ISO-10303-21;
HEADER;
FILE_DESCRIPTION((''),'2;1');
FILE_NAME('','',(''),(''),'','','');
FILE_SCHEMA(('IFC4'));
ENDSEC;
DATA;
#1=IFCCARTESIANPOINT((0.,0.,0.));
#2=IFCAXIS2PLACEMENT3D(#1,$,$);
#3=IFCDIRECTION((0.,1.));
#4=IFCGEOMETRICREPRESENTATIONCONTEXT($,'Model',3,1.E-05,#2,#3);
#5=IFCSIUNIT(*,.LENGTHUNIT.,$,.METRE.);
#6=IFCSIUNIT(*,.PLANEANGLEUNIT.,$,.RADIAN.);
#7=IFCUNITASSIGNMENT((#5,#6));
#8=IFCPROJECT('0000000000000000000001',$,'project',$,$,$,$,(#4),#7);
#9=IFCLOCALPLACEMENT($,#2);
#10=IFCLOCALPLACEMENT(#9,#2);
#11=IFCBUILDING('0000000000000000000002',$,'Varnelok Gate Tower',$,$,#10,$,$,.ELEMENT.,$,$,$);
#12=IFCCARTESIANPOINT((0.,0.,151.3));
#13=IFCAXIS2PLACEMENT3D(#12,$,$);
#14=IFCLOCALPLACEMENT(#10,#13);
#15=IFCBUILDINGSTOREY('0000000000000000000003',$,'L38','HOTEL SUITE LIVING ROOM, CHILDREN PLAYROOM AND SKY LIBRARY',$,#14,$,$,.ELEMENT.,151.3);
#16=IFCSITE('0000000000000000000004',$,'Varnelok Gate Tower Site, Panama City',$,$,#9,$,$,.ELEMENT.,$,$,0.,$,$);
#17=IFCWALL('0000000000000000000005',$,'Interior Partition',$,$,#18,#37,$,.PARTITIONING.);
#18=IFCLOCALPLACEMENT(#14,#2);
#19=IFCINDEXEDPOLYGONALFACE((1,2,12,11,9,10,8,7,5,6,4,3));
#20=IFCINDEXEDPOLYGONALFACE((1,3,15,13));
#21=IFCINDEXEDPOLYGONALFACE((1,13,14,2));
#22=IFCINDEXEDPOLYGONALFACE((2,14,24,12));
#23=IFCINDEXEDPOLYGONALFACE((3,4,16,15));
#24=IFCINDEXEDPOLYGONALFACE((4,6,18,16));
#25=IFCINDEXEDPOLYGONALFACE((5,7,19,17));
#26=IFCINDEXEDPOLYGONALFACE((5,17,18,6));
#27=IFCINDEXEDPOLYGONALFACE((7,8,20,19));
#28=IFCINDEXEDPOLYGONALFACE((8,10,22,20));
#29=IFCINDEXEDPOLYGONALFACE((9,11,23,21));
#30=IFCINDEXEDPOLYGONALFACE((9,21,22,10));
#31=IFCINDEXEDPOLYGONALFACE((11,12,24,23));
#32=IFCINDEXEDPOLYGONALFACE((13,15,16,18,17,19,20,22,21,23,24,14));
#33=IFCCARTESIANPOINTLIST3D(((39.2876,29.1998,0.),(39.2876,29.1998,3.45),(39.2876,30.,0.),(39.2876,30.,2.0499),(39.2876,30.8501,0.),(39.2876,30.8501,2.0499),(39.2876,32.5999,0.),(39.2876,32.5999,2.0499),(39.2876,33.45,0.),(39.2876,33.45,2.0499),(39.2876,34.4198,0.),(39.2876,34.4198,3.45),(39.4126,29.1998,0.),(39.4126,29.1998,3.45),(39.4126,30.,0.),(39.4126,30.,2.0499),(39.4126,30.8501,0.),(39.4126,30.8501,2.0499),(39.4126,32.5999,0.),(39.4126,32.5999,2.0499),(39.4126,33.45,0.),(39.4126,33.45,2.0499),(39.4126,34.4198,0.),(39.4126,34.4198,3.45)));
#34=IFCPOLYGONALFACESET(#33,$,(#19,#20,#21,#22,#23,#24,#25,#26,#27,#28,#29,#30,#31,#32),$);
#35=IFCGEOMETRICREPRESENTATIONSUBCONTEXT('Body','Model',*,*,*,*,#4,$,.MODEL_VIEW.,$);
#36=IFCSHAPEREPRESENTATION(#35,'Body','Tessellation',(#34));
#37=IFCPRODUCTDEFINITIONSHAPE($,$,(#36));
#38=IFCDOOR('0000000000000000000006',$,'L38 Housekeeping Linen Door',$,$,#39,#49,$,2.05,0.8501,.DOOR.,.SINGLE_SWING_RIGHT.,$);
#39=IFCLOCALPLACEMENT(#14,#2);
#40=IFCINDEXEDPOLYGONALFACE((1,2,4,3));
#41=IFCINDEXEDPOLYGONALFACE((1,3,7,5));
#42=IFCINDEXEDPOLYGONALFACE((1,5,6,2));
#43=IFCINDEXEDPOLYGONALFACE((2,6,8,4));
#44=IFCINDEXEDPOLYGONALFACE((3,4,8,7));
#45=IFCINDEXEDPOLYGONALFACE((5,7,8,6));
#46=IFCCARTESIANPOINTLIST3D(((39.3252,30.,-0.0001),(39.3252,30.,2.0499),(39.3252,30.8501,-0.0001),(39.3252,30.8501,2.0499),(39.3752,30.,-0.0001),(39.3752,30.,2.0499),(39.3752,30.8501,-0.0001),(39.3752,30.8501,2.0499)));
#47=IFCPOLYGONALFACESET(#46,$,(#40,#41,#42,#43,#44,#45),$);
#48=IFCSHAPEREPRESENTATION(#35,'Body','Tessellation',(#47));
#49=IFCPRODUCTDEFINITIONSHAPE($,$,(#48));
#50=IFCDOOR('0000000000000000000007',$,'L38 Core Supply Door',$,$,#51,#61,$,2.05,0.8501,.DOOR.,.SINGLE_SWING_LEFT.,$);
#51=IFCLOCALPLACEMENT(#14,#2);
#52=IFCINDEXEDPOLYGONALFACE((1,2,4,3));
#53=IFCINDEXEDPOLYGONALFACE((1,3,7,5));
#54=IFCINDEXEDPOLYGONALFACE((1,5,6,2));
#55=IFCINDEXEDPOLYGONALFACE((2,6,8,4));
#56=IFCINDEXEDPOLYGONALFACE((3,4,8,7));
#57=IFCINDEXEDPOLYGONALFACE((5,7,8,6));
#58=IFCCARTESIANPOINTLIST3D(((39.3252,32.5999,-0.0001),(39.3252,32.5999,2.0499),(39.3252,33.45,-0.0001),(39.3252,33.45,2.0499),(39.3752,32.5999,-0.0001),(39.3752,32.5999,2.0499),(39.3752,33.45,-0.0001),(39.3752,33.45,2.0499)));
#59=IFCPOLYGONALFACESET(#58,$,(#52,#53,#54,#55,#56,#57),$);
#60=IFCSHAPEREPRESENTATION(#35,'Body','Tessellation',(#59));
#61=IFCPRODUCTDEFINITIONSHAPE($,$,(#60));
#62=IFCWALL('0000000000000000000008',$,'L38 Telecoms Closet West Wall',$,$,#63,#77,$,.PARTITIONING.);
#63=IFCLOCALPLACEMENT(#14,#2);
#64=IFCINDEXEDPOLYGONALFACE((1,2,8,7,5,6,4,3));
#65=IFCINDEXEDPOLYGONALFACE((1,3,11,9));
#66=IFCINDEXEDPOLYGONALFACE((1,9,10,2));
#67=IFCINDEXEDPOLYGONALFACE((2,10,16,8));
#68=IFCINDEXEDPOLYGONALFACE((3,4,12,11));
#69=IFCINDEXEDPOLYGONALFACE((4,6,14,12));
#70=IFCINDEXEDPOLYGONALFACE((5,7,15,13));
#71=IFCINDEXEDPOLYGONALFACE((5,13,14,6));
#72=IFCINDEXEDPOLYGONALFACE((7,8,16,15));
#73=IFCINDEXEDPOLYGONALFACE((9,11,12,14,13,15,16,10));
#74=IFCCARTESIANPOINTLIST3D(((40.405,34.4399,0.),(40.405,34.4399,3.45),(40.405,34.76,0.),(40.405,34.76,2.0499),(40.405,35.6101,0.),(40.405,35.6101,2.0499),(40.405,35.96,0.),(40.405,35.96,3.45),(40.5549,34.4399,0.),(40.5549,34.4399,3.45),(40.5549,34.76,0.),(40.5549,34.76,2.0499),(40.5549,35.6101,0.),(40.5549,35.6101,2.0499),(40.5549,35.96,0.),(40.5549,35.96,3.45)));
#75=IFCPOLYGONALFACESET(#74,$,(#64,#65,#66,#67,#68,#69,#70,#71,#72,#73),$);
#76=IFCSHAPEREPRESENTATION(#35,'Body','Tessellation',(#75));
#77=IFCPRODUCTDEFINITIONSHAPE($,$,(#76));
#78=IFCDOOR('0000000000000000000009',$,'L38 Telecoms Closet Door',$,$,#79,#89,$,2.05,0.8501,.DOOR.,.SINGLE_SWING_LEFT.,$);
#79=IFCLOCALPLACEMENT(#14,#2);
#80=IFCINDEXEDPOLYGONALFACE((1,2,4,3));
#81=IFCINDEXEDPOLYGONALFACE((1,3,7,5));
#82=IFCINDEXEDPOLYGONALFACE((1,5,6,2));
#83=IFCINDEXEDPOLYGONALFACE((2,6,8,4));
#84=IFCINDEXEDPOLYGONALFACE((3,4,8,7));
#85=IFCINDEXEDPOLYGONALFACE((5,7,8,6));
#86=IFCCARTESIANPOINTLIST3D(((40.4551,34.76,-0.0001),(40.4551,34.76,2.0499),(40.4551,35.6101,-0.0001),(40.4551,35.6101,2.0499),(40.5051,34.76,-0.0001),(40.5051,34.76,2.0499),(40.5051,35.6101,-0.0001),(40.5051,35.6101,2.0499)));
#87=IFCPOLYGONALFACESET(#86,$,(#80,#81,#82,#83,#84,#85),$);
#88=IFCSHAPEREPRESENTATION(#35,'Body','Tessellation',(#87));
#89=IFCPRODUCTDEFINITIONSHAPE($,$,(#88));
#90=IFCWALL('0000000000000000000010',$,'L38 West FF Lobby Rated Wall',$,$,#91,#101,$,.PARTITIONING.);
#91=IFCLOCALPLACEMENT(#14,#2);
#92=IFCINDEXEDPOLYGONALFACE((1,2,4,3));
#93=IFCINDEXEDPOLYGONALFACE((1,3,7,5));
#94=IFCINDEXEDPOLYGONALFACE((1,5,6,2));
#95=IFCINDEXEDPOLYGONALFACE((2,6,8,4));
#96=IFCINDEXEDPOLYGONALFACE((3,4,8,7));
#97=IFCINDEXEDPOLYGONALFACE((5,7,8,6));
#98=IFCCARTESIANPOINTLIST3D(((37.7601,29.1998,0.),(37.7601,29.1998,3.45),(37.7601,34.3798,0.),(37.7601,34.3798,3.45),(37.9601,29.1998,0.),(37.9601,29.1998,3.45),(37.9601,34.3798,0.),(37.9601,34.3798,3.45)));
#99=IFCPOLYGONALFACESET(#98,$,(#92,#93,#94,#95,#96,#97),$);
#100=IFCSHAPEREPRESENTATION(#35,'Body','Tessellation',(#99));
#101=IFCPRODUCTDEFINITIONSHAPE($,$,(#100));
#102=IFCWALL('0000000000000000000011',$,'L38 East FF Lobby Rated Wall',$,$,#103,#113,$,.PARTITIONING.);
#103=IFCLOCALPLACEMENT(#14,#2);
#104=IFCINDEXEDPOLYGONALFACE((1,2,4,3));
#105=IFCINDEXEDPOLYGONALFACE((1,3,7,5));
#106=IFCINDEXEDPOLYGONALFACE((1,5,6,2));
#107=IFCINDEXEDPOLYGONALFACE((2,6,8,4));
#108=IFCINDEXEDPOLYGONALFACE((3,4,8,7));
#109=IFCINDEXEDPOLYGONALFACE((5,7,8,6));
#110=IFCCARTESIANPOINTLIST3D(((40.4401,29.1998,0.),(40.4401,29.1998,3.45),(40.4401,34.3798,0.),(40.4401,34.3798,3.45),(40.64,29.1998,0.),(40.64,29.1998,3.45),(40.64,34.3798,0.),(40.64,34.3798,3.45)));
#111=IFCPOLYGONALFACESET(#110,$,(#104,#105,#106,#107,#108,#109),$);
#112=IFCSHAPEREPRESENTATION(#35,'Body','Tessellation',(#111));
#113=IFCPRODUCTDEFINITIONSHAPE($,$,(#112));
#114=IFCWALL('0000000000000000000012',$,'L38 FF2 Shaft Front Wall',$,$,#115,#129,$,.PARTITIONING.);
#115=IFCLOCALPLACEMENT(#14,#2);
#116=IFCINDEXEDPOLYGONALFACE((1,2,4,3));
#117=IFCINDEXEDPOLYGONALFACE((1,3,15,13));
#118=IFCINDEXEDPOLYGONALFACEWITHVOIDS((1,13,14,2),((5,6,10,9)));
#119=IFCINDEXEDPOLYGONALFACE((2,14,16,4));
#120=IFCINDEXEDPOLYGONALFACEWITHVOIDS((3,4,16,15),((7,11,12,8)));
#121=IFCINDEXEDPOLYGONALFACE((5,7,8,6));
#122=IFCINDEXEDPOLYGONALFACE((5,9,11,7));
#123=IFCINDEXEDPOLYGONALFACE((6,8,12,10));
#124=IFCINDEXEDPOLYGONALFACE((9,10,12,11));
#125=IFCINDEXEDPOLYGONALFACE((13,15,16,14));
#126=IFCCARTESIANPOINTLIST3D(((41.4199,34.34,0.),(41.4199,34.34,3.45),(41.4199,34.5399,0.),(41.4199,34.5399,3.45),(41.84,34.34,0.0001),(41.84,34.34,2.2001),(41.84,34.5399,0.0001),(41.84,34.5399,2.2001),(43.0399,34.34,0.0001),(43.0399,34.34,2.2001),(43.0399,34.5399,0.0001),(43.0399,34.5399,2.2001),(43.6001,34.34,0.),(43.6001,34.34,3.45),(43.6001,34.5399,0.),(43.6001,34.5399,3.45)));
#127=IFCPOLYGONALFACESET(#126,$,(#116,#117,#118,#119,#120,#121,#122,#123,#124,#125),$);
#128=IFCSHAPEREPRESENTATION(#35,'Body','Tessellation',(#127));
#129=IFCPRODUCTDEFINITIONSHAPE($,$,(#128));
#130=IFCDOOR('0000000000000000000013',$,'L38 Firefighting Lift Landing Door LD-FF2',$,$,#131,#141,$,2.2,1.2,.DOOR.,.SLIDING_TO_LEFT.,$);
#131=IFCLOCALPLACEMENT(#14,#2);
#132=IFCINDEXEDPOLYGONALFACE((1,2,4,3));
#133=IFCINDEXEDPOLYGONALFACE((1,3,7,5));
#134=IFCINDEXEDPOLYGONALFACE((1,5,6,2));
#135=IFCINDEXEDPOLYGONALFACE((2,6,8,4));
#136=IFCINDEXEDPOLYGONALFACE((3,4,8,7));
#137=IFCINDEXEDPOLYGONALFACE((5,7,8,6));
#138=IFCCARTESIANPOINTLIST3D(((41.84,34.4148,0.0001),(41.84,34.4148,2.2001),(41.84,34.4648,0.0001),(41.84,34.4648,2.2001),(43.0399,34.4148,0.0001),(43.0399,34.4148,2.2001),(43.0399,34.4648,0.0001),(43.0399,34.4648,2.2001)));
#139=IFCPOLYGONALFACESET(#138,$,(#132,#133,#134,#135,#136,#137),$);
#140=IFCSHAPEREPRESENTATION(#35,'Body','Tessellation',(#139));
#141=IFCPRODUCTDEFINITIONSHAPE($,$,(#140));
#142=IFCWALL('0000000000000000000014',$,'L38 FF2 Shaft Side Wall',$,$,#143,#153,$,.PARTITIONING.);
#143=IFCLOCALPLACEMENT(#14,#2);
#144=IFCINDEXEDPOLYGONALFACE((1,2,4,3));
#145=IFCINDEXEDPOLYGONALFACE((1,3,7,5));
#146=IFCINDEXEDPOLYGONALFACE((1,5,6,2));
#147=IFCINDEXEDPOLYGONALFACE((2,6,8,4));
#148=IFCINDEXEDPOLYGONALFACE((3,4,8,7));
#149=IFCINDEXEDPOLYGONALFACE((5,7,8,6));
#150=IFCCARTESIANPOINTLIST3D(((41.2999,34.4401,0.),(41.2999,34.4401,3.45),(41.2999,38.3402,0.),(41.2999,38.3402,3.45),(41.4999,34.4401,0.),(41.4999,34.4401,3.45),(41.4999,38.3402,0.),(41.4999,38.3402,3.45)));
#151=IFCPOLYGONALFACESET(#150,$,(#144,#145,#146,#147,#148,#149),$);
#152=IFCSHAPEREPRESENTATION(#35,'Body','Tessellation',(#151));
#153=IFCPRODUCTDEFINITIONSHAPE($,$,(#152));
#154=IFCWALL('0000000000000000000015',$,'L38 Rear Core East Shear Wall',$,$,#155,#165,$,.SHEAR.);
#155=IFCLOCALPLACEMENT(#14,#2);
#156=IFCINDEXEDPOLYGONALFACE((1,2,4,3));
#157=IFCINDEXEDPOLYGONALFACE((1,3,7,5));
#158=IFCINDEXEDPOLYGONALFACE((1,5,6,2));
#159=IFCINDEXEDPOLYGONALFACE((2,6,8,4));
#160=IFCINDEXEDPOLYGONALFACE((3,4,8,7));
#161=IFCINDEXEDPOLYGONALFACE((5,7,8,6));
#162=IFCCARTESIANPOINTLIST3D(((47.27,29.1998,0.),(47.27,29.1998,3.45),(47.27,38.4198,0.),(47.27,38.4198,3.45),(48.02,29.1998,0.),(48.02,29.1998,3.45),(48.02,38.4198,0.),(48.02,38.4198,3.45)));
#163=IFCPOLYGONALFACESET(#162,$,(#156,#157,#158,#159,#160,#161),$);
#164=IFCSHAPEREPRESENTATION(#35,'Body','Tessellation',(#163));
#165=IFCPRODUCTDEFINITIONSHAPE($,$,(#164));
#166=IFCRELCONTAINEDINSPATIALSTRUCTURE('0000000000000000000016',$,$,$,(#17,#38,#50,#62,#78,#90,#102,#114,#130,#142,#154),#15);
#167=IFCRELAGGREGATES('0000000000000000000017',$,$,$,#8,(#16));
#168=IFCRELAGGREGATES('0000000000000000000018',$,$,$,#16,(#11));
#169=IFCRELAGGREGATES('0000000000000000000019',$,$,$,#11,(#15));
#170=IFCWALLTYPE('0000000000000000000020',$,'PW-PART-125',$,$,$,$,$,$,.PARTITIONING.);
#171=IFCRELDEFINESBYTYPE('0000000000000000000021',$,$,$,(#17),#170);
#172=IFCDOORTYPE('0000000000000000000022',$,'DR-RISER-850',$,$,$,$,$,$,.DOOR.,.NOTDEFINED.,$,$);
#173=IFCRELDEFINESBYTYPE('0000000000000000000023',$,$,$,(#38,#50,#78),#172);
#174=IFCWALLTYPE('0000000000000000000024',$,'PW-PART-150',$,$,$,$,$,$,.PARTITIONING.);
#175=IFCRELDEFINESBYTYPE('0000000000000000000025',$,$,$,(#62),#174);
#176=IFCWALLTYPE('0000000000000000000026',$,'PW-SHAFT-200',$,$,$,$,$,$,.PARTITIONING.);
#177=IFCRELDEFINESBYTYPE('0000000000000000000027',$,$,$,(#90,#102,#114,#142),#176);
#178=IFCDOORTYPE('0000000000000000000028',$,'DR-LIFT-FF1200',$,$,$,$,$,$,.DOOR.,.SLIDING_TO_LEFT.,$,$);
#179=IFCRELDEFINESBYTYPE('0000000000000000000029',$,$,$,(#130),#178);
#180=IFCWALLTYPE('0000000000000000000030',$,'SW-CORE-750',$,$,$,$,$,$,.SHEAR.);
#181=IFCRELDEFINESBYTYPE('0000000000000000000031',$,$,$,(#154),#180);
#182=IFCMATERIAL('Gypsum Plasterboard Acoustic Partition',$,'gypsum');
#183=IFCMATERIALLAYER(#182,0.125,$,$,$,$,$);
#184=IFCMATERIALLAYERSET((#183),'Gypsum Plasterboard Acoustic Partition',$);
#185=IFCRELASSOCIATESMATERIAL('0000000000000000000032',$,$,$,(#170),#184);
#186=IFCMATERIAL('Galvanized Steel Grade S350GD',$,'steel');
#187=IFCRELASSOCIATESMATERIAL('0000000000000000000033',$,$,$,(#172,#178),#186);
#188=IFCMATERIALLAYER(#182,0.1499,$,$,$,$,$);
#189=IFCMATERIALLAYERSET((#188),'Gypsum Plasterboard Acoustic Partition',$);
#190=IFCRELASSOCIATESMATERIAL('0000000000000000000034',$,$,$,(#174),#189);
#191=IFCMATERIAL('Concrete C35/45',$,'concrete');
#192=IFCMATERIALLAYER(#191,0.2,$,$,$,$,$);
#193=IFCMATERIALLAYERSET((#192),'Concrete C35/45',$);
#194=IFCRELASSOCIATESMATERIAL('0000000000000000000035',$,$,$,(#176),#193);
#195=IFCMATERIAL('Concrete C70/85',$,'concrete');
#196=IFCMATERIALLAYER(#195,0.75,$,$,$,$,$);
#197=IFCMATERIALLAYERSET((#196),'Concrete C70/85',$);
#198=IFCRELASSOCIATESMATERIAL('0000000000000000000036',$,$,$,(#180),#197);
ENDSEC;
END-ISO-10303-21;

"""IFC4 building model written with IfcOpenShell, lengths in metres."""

from ifc_helpers import new_model, si_unit, direction, frame, frame_2d, origin, place, context, subcontext, project, spatial, rectangle, extrude, material, layer, layer_set, type_object, element, fill, save


model = new_model("IFC4")

# Units and contexts
model_context = context("Model", 3, precision=1e-05, world=origin(), true_north=direction((0.0, 1.0)))
body_context = subcontext(model_context, "Body", "Model", "MODEL_VIEW")
ifc_project = project(units=[si_unit("LENGTHUNIT", "METRE"), si_unit("PLANEANGLEUNIT", "RADIAN")], contexts=[model_context])

# Site, building, storey
site_placement = place(None, origin())
site = spatial("IfcSite", under=ifc_project, at=site_placement, Name="Varnelok Gate Tower Site, Panama City", CompositionType="ELEMENT", RefElevation=0.0)
building_placement = place(site_placement, origin())
building = spatial("IfcBuilding", under=site, at=building_placement, Name="Varnelok Gate Tower", CompositionType="ELEMENT")
storey_placement = place(building_placement, frame((0.0, 0.0, 151.3)))
storey = spatial("IfcBuildingStorey", under=building, at=storey_placement, Name="L38", Description="HOTEL SUITE LIVING ROOM, CHILDREN PLAYROOM AND SKY LIBRARY", CompositionType="ELEMENT", Elevation=151.3)

# Shared definitions
ifc_material_1 = material(Name="Gypsum Plasterboard Acoustic Partition", Category="gypsum")
ifc_layer_1 = layer(ifc_material_1, 0.125)
ifc_layer_set_1 = layer_set([ifc_layer_1], Name="Gypsum Plasterboard Acoustic Partition")
wall_type_1 = type_object("IfcWallType", Name="PW-PART-125", PredefinedType="PARTITIONING", material=ifc_layer_set_1)

# Wall, openings, doors
wall_1_placement = place(storey_placement, frame((39.3501, 29.2, 0.0), z_axis=(0.0, 0.0, 1.0), x_axis=(0.0, 1.0, 0.0)))
wall_1 = element("IfcWall", 1, at=wall_1_placement, inside=storey, type_object=wall_type_1, Name="Interior Partition", PredefinedType="PARTITIONING", context=body_context, shape_type="SweptSolid", body=[
    extrude(rectangle(XDim=5.22, YDim=0.125, at=frame_2d((2.6099, 0.0))), origin(), (0.0, 0.0, 1.0), 3.45),
])
opening_1_placement = place(wall_1_placement, frame((0.8, 0.0, 0.0)))
opening_1 = element("IfcOpeningElement", 2, at=opening_1_placement, cuts=wall_1, PredefinedType="OPENING", context=body_context, shape_type="SweptSolid", body=[
    extrude(rectangle(XDim=0.8501, YDim=2.05, at=frame_2d((0.425, 1.0249))), frame((0.0, 0.0725, 0.0), z_axis=(0.0, -1.0, 0.0), x_axis=(1.0, 0.0, 0.0)), (0.0, 0.0, 1.0), 0.145),
])
opening_2_placement = place(wall_1_placement, frame((3.3999, 0.0, 0.0)))
opening_2 = element("IfcOpeningElement", 3, at=opening_2_placement, cuts=wall_1, PredefinedType="OPENING", context=body_context, shape_type="SweptSolid", body=[
    extrude(rectangle(XDim=0.8501, YDim=2.05, at=frame_2d((0.425, 1.0249))), frame((0.0, 0.0725, 0.0), z_axis=(0.0, -1.0, 0.0), x_axis=(1.0, 0.0, 0.0)), (0.0, 0.0, 1.0), 0.145),
])
ifc_material_2 = material(Name="Galvanized Steel Grade S350GD", Category="steel")
door_type_1 = type_object("IfcDoorType", Name="DR-RISER-850", OperationType="NOTDEFINED", PredefinedType="DOOR", material=ifc_material_2)
door_1_placement = place(opening_1_placement, origin())
door_1 = element("IfcDoor", 4, at=door_1_placement, inside=storey, type_object=door_type_1, Name="L38 Housekeeping Linen Door", OperationType="SINGLE_SWING_RIGHT", OverallHeight=2.05, OverallWidth=0.8501, PredefinedType="DOOR", context=body_context, shape_type="SweptSolid", body=[
    extrude(rectangle(XDim=0.8501, YDim=2.05, at=frame_2d((0.425, 1.0249))), frame((0.0, 0.0249, 0.0), z_axis=(0.0, -1.0, 0.0), x_axis=(1.0, 0.0, 0.0)), (0.0, 0.0, 1.0), 0.05),
])
fill(opening_1, door_1)
door_2_placement = place(opening_2_placement, origin())
door_2 = element("IfcDoor", 5, at=door_2_placement, inside=storey, type_object=door_type_1, Name="L38 Core Supply Door", OperationType="SINGLE_SWING_LEFT", OverallHeight=2.05, OverallWidth=0.8501, PredefinedType="DOOR", context=body_context, shape_type="SweptSolid", body=[
    extrude(rectangle(XDim=0.8501, YDim=2.05, at=frame_2d((0.425, 1.0249))), frame((0.0, 0.0249, 0.0), z_axis=(0.0, -1.0, 0.0), x_axis=(1.0, 0.0, 0.0)), (0.0, 0.0, 1.0), 0.05),
])
fill(opening_2, door_2)

# Wall, opening, door
ifc_layer_2 = layer(ifc_material_1, 0.1499)
ifc_layer_set_2 = layer_set([ifc_layer_2], Name="Gypsum Plasterboard Acoustic Partition")
wall_type_2 = type_object("IfcWallType", Name="PW-PART-150", PredefinedType="PARTITIONING", material=ifc_layer_set_2)
wall_2_placement = place(storey_placement, frame((40.48, 34.4399, 0.0), z_axis=(0.0, 0.0, 1.0), x_axis=(0.0, 1.0, 0.0)))
wall_2 = element("IfcWall", 6, at=wall_2_placement, inside=storey, type_object=wall_type_2, Name="L38 Telecoms Closet West Wall", PredefinedType="PARTITIONING", context=body_context, shape_type="SweptSolid", body=[
    extrude(rectangle(XDim=1.52, YDim=0.1499, at=frame_2d((0.76, 0.0))), origin(), (0.0, 0.0, 1.0), 3.45),
])
opening_3_placement = place(wall_2_placement, frame((0.3201, 0.0, 0.0)))
opening_3 = element("IfcOpeningElement", 7, at=opening_3_placement, cuts=wall_2, PredefinedType="OPENING", context=body_context, shape_type="SweptSolid", body=[
    extrude(rectangle(XDim=0.8501, YDim=2.05, at=frame_2d((0.425, 1.0249))), frame((0.0, 0.085, 0.0), z_axis=(0.0, -1.0, 0.0), x_axis=(1.0, 0.0, 0.0)), (0.0, 0.0, 1.0), 0.1699),
])
door_3_placement = place(opening_3_placement, origin())
door_3 = element("IfcDoor", 8, at=door_3_placement, inside=storey, type_object=door_type_1, Name="L38 Telecoms Closet Door", OperationType="SINGLE_SWING_LEFT", OverallHeight=2.05, OverallWidth=0.8501, PredefinedType="DOOR", context=body_context, shape_type="SweptSolid", body=[
    extrude(rectangle(XDim=0.8501, YDim=2.05, at=frame_2d((0.425, 1.0249))), frame((0.0, 0.0249, 0.0), z_axis=(0.0, -1.0, 0.0), x_axis=(1.0, 0.0, 0.0)), (0.0, 0.0, 1.0), 0.05),
])
fill(opening_3, door_3)

# Walls
ifc_material_3 = material(Name="Concrete C35/45", Category="concrete")
ifc_layer_3 = layer(ifc_material_3, 0.2)
ifc_layer_set_3 = layer_set([ifc_layer_3], Name="Concrete C35/45")
wall_type_3 = type_object("IfcWallType", Name="PW-SHAFT-200", PredefinedType="PARTITIONING", material=ifc_layer_set_3)
for number, where, z_axis, x_axis, name in (
    (9, (37.8601, 29.2, 0.0), (0.0, 0.0, 1.0), (0.0, 1.0, 0.0), "L38 West FF Lobby Rated Wall"),
    (10, (40.54, 29.2, 0.0), (0.0, 0.0, 1.0), (0.0, 1.0, 0.0), "L38 East FF Lobby Rated Wall"),
):
    element("IfcWall", number, at=place(storey_placement, frame(where, z_axis=z_axis, x_axis=x_axis)), inside=storey, type_object=wall_type_3, Name=name, PredefinedType="PARTITIONING", context=body_context, shape_type="SweptSolid", body=[
        extrude(rectangle(XDim=5.1799, YDim=0.2, at=frame_2d((2.5898, 0.0))), origin(), (0.0, 0.0, 1.0), 3.45),
    ])

# Wall, opening, door
wall_3_placement = place(storey_placement, frame((41.4199, 34.4399, 0.0), z_axis=(0.0, 0.0, 1.0), x_axis=(1.0, 0.0, 0.0)))
wall_3 = element("IfcWall", 11, at=wall_3_placement, inside=storey, type_object=wall_type_3, Name="L38 FF2 Shaft Front Wall", PredefinedType="PARTITIONING", context=body_context, shape_type="SweptSolid", body=[
    extrude(rectangle(XDim=2.1802, YDim=0.2, at=frame_2d((1.0901, 0.0))), origin(), (0.0, 0.0, 1.0), 3.45),
])
opening_4_placement = place(wall_3_placement, frame((0.4199, 0.0, 0.0)))
opening_4 = element("IfcOpeningElement", 12, at=opening_4_placement, cuts=wall_3, PredefinedType="OPENING", context=body_context, shape_type="SweptSolid", body=[
    extrude(rectangle(XDim=1.2, YDim=2.2, at=frame_2d((0.6001, 1.1001))), frame((0.0, 0.1099, 0.0), z_axis=(0.0, -1.0, 0.0), x_axis=(1.0, 0.0, 0.0)), (0.0, 0.0, 1.0), 0.22),
])
door_type_2 = type_object("IfcDoorType", Name="DR-LIFT-FF1200", OperationType="SLIDING_TO_LEFT", PredefinedType="DOOR", material=ifc_material_2)
door_4_placement = place(opening_4_placement, origin())
door_4 = element("IfcDoor", 13, at=door_4_placement, inside=storey, type_object=door_type_2, Name="L38 Firefighting Lift Landing Door LD-FF2", OperationType="SLIDING_TO_LEFT", OverallHeight=2.2, OverallWidth=1.2, PredefinedType="DOOR", context=body_context, shape_type="SweptSolid", body=[
    extrude(rectangle(XDim=1.2, YDim=2.2, at=frame_2d((0.6001, 1.1001))), frame((0.0, 0.0249, 0.0), z_axis=(0.0, -1.0, 0.0), x_axis=(1.0, 0.0, 0.0)), (0.0, 0.0, 1.0), 0.05),
])
fill(opening_4, door_4)

# Walls
wall_4_placement = place(storey_placement, frame((41.3999, 34.4399, 0.0), z_axis=(0.0, 0.0, 1.0), x_axis=(0.0, 1.0, 0.0)))
element("IfcWall", 14, at=wall_4_placement, inside=storey, type_object=wall_type_3, Name="L38 FF2 Shaft Side Wall", PredefinedType="PARTITIONING", context=body_context, shape_type="SweptSolid", body=[
    extrude(rectangle(XDim=3.9001, YDim=0.2, at=frame_2d((1.9502, 0.0))), origin(), (0.0, 0.0, 1.0), 3.45),
])
ifc_material_4 = material(Name="Concrete C70/85", Category="concrete")
ifc_layer_4 = layer(ifc_material_4, 0.75)
ifc_layer_set_4 = layer_set([ifc_layer_4], Name="Concrete C70/85")
wall_type_4 = type_object("IfcWallType", Name="SW-CORE-750", PredefinedType="SHEAR", material=ifc_layer_set_4)
wall_5_placement = place(storey_placement, frame((47.645, 29.2, 0.0), z_axis=(0.0, 0.0, 1.0), x_axis=(0.0, 1.0, 0.0)))
element("IfcWall", 15, at=wall_5_placement, inside=storey, type_object=wall_type_4, Name="L38 Rear Core East Shear Wall", PredefinedType="SHEAR", context=body_context, shape_type="SweptSolid", body=[
    extrude(rectangle(XDim=9.22, YDim=0.75, at=frame_2d((4.6099, 0.0))), origin(), (0.0, 0.0, 1.0), 3.45),
])

save(model, "model.ifc")
